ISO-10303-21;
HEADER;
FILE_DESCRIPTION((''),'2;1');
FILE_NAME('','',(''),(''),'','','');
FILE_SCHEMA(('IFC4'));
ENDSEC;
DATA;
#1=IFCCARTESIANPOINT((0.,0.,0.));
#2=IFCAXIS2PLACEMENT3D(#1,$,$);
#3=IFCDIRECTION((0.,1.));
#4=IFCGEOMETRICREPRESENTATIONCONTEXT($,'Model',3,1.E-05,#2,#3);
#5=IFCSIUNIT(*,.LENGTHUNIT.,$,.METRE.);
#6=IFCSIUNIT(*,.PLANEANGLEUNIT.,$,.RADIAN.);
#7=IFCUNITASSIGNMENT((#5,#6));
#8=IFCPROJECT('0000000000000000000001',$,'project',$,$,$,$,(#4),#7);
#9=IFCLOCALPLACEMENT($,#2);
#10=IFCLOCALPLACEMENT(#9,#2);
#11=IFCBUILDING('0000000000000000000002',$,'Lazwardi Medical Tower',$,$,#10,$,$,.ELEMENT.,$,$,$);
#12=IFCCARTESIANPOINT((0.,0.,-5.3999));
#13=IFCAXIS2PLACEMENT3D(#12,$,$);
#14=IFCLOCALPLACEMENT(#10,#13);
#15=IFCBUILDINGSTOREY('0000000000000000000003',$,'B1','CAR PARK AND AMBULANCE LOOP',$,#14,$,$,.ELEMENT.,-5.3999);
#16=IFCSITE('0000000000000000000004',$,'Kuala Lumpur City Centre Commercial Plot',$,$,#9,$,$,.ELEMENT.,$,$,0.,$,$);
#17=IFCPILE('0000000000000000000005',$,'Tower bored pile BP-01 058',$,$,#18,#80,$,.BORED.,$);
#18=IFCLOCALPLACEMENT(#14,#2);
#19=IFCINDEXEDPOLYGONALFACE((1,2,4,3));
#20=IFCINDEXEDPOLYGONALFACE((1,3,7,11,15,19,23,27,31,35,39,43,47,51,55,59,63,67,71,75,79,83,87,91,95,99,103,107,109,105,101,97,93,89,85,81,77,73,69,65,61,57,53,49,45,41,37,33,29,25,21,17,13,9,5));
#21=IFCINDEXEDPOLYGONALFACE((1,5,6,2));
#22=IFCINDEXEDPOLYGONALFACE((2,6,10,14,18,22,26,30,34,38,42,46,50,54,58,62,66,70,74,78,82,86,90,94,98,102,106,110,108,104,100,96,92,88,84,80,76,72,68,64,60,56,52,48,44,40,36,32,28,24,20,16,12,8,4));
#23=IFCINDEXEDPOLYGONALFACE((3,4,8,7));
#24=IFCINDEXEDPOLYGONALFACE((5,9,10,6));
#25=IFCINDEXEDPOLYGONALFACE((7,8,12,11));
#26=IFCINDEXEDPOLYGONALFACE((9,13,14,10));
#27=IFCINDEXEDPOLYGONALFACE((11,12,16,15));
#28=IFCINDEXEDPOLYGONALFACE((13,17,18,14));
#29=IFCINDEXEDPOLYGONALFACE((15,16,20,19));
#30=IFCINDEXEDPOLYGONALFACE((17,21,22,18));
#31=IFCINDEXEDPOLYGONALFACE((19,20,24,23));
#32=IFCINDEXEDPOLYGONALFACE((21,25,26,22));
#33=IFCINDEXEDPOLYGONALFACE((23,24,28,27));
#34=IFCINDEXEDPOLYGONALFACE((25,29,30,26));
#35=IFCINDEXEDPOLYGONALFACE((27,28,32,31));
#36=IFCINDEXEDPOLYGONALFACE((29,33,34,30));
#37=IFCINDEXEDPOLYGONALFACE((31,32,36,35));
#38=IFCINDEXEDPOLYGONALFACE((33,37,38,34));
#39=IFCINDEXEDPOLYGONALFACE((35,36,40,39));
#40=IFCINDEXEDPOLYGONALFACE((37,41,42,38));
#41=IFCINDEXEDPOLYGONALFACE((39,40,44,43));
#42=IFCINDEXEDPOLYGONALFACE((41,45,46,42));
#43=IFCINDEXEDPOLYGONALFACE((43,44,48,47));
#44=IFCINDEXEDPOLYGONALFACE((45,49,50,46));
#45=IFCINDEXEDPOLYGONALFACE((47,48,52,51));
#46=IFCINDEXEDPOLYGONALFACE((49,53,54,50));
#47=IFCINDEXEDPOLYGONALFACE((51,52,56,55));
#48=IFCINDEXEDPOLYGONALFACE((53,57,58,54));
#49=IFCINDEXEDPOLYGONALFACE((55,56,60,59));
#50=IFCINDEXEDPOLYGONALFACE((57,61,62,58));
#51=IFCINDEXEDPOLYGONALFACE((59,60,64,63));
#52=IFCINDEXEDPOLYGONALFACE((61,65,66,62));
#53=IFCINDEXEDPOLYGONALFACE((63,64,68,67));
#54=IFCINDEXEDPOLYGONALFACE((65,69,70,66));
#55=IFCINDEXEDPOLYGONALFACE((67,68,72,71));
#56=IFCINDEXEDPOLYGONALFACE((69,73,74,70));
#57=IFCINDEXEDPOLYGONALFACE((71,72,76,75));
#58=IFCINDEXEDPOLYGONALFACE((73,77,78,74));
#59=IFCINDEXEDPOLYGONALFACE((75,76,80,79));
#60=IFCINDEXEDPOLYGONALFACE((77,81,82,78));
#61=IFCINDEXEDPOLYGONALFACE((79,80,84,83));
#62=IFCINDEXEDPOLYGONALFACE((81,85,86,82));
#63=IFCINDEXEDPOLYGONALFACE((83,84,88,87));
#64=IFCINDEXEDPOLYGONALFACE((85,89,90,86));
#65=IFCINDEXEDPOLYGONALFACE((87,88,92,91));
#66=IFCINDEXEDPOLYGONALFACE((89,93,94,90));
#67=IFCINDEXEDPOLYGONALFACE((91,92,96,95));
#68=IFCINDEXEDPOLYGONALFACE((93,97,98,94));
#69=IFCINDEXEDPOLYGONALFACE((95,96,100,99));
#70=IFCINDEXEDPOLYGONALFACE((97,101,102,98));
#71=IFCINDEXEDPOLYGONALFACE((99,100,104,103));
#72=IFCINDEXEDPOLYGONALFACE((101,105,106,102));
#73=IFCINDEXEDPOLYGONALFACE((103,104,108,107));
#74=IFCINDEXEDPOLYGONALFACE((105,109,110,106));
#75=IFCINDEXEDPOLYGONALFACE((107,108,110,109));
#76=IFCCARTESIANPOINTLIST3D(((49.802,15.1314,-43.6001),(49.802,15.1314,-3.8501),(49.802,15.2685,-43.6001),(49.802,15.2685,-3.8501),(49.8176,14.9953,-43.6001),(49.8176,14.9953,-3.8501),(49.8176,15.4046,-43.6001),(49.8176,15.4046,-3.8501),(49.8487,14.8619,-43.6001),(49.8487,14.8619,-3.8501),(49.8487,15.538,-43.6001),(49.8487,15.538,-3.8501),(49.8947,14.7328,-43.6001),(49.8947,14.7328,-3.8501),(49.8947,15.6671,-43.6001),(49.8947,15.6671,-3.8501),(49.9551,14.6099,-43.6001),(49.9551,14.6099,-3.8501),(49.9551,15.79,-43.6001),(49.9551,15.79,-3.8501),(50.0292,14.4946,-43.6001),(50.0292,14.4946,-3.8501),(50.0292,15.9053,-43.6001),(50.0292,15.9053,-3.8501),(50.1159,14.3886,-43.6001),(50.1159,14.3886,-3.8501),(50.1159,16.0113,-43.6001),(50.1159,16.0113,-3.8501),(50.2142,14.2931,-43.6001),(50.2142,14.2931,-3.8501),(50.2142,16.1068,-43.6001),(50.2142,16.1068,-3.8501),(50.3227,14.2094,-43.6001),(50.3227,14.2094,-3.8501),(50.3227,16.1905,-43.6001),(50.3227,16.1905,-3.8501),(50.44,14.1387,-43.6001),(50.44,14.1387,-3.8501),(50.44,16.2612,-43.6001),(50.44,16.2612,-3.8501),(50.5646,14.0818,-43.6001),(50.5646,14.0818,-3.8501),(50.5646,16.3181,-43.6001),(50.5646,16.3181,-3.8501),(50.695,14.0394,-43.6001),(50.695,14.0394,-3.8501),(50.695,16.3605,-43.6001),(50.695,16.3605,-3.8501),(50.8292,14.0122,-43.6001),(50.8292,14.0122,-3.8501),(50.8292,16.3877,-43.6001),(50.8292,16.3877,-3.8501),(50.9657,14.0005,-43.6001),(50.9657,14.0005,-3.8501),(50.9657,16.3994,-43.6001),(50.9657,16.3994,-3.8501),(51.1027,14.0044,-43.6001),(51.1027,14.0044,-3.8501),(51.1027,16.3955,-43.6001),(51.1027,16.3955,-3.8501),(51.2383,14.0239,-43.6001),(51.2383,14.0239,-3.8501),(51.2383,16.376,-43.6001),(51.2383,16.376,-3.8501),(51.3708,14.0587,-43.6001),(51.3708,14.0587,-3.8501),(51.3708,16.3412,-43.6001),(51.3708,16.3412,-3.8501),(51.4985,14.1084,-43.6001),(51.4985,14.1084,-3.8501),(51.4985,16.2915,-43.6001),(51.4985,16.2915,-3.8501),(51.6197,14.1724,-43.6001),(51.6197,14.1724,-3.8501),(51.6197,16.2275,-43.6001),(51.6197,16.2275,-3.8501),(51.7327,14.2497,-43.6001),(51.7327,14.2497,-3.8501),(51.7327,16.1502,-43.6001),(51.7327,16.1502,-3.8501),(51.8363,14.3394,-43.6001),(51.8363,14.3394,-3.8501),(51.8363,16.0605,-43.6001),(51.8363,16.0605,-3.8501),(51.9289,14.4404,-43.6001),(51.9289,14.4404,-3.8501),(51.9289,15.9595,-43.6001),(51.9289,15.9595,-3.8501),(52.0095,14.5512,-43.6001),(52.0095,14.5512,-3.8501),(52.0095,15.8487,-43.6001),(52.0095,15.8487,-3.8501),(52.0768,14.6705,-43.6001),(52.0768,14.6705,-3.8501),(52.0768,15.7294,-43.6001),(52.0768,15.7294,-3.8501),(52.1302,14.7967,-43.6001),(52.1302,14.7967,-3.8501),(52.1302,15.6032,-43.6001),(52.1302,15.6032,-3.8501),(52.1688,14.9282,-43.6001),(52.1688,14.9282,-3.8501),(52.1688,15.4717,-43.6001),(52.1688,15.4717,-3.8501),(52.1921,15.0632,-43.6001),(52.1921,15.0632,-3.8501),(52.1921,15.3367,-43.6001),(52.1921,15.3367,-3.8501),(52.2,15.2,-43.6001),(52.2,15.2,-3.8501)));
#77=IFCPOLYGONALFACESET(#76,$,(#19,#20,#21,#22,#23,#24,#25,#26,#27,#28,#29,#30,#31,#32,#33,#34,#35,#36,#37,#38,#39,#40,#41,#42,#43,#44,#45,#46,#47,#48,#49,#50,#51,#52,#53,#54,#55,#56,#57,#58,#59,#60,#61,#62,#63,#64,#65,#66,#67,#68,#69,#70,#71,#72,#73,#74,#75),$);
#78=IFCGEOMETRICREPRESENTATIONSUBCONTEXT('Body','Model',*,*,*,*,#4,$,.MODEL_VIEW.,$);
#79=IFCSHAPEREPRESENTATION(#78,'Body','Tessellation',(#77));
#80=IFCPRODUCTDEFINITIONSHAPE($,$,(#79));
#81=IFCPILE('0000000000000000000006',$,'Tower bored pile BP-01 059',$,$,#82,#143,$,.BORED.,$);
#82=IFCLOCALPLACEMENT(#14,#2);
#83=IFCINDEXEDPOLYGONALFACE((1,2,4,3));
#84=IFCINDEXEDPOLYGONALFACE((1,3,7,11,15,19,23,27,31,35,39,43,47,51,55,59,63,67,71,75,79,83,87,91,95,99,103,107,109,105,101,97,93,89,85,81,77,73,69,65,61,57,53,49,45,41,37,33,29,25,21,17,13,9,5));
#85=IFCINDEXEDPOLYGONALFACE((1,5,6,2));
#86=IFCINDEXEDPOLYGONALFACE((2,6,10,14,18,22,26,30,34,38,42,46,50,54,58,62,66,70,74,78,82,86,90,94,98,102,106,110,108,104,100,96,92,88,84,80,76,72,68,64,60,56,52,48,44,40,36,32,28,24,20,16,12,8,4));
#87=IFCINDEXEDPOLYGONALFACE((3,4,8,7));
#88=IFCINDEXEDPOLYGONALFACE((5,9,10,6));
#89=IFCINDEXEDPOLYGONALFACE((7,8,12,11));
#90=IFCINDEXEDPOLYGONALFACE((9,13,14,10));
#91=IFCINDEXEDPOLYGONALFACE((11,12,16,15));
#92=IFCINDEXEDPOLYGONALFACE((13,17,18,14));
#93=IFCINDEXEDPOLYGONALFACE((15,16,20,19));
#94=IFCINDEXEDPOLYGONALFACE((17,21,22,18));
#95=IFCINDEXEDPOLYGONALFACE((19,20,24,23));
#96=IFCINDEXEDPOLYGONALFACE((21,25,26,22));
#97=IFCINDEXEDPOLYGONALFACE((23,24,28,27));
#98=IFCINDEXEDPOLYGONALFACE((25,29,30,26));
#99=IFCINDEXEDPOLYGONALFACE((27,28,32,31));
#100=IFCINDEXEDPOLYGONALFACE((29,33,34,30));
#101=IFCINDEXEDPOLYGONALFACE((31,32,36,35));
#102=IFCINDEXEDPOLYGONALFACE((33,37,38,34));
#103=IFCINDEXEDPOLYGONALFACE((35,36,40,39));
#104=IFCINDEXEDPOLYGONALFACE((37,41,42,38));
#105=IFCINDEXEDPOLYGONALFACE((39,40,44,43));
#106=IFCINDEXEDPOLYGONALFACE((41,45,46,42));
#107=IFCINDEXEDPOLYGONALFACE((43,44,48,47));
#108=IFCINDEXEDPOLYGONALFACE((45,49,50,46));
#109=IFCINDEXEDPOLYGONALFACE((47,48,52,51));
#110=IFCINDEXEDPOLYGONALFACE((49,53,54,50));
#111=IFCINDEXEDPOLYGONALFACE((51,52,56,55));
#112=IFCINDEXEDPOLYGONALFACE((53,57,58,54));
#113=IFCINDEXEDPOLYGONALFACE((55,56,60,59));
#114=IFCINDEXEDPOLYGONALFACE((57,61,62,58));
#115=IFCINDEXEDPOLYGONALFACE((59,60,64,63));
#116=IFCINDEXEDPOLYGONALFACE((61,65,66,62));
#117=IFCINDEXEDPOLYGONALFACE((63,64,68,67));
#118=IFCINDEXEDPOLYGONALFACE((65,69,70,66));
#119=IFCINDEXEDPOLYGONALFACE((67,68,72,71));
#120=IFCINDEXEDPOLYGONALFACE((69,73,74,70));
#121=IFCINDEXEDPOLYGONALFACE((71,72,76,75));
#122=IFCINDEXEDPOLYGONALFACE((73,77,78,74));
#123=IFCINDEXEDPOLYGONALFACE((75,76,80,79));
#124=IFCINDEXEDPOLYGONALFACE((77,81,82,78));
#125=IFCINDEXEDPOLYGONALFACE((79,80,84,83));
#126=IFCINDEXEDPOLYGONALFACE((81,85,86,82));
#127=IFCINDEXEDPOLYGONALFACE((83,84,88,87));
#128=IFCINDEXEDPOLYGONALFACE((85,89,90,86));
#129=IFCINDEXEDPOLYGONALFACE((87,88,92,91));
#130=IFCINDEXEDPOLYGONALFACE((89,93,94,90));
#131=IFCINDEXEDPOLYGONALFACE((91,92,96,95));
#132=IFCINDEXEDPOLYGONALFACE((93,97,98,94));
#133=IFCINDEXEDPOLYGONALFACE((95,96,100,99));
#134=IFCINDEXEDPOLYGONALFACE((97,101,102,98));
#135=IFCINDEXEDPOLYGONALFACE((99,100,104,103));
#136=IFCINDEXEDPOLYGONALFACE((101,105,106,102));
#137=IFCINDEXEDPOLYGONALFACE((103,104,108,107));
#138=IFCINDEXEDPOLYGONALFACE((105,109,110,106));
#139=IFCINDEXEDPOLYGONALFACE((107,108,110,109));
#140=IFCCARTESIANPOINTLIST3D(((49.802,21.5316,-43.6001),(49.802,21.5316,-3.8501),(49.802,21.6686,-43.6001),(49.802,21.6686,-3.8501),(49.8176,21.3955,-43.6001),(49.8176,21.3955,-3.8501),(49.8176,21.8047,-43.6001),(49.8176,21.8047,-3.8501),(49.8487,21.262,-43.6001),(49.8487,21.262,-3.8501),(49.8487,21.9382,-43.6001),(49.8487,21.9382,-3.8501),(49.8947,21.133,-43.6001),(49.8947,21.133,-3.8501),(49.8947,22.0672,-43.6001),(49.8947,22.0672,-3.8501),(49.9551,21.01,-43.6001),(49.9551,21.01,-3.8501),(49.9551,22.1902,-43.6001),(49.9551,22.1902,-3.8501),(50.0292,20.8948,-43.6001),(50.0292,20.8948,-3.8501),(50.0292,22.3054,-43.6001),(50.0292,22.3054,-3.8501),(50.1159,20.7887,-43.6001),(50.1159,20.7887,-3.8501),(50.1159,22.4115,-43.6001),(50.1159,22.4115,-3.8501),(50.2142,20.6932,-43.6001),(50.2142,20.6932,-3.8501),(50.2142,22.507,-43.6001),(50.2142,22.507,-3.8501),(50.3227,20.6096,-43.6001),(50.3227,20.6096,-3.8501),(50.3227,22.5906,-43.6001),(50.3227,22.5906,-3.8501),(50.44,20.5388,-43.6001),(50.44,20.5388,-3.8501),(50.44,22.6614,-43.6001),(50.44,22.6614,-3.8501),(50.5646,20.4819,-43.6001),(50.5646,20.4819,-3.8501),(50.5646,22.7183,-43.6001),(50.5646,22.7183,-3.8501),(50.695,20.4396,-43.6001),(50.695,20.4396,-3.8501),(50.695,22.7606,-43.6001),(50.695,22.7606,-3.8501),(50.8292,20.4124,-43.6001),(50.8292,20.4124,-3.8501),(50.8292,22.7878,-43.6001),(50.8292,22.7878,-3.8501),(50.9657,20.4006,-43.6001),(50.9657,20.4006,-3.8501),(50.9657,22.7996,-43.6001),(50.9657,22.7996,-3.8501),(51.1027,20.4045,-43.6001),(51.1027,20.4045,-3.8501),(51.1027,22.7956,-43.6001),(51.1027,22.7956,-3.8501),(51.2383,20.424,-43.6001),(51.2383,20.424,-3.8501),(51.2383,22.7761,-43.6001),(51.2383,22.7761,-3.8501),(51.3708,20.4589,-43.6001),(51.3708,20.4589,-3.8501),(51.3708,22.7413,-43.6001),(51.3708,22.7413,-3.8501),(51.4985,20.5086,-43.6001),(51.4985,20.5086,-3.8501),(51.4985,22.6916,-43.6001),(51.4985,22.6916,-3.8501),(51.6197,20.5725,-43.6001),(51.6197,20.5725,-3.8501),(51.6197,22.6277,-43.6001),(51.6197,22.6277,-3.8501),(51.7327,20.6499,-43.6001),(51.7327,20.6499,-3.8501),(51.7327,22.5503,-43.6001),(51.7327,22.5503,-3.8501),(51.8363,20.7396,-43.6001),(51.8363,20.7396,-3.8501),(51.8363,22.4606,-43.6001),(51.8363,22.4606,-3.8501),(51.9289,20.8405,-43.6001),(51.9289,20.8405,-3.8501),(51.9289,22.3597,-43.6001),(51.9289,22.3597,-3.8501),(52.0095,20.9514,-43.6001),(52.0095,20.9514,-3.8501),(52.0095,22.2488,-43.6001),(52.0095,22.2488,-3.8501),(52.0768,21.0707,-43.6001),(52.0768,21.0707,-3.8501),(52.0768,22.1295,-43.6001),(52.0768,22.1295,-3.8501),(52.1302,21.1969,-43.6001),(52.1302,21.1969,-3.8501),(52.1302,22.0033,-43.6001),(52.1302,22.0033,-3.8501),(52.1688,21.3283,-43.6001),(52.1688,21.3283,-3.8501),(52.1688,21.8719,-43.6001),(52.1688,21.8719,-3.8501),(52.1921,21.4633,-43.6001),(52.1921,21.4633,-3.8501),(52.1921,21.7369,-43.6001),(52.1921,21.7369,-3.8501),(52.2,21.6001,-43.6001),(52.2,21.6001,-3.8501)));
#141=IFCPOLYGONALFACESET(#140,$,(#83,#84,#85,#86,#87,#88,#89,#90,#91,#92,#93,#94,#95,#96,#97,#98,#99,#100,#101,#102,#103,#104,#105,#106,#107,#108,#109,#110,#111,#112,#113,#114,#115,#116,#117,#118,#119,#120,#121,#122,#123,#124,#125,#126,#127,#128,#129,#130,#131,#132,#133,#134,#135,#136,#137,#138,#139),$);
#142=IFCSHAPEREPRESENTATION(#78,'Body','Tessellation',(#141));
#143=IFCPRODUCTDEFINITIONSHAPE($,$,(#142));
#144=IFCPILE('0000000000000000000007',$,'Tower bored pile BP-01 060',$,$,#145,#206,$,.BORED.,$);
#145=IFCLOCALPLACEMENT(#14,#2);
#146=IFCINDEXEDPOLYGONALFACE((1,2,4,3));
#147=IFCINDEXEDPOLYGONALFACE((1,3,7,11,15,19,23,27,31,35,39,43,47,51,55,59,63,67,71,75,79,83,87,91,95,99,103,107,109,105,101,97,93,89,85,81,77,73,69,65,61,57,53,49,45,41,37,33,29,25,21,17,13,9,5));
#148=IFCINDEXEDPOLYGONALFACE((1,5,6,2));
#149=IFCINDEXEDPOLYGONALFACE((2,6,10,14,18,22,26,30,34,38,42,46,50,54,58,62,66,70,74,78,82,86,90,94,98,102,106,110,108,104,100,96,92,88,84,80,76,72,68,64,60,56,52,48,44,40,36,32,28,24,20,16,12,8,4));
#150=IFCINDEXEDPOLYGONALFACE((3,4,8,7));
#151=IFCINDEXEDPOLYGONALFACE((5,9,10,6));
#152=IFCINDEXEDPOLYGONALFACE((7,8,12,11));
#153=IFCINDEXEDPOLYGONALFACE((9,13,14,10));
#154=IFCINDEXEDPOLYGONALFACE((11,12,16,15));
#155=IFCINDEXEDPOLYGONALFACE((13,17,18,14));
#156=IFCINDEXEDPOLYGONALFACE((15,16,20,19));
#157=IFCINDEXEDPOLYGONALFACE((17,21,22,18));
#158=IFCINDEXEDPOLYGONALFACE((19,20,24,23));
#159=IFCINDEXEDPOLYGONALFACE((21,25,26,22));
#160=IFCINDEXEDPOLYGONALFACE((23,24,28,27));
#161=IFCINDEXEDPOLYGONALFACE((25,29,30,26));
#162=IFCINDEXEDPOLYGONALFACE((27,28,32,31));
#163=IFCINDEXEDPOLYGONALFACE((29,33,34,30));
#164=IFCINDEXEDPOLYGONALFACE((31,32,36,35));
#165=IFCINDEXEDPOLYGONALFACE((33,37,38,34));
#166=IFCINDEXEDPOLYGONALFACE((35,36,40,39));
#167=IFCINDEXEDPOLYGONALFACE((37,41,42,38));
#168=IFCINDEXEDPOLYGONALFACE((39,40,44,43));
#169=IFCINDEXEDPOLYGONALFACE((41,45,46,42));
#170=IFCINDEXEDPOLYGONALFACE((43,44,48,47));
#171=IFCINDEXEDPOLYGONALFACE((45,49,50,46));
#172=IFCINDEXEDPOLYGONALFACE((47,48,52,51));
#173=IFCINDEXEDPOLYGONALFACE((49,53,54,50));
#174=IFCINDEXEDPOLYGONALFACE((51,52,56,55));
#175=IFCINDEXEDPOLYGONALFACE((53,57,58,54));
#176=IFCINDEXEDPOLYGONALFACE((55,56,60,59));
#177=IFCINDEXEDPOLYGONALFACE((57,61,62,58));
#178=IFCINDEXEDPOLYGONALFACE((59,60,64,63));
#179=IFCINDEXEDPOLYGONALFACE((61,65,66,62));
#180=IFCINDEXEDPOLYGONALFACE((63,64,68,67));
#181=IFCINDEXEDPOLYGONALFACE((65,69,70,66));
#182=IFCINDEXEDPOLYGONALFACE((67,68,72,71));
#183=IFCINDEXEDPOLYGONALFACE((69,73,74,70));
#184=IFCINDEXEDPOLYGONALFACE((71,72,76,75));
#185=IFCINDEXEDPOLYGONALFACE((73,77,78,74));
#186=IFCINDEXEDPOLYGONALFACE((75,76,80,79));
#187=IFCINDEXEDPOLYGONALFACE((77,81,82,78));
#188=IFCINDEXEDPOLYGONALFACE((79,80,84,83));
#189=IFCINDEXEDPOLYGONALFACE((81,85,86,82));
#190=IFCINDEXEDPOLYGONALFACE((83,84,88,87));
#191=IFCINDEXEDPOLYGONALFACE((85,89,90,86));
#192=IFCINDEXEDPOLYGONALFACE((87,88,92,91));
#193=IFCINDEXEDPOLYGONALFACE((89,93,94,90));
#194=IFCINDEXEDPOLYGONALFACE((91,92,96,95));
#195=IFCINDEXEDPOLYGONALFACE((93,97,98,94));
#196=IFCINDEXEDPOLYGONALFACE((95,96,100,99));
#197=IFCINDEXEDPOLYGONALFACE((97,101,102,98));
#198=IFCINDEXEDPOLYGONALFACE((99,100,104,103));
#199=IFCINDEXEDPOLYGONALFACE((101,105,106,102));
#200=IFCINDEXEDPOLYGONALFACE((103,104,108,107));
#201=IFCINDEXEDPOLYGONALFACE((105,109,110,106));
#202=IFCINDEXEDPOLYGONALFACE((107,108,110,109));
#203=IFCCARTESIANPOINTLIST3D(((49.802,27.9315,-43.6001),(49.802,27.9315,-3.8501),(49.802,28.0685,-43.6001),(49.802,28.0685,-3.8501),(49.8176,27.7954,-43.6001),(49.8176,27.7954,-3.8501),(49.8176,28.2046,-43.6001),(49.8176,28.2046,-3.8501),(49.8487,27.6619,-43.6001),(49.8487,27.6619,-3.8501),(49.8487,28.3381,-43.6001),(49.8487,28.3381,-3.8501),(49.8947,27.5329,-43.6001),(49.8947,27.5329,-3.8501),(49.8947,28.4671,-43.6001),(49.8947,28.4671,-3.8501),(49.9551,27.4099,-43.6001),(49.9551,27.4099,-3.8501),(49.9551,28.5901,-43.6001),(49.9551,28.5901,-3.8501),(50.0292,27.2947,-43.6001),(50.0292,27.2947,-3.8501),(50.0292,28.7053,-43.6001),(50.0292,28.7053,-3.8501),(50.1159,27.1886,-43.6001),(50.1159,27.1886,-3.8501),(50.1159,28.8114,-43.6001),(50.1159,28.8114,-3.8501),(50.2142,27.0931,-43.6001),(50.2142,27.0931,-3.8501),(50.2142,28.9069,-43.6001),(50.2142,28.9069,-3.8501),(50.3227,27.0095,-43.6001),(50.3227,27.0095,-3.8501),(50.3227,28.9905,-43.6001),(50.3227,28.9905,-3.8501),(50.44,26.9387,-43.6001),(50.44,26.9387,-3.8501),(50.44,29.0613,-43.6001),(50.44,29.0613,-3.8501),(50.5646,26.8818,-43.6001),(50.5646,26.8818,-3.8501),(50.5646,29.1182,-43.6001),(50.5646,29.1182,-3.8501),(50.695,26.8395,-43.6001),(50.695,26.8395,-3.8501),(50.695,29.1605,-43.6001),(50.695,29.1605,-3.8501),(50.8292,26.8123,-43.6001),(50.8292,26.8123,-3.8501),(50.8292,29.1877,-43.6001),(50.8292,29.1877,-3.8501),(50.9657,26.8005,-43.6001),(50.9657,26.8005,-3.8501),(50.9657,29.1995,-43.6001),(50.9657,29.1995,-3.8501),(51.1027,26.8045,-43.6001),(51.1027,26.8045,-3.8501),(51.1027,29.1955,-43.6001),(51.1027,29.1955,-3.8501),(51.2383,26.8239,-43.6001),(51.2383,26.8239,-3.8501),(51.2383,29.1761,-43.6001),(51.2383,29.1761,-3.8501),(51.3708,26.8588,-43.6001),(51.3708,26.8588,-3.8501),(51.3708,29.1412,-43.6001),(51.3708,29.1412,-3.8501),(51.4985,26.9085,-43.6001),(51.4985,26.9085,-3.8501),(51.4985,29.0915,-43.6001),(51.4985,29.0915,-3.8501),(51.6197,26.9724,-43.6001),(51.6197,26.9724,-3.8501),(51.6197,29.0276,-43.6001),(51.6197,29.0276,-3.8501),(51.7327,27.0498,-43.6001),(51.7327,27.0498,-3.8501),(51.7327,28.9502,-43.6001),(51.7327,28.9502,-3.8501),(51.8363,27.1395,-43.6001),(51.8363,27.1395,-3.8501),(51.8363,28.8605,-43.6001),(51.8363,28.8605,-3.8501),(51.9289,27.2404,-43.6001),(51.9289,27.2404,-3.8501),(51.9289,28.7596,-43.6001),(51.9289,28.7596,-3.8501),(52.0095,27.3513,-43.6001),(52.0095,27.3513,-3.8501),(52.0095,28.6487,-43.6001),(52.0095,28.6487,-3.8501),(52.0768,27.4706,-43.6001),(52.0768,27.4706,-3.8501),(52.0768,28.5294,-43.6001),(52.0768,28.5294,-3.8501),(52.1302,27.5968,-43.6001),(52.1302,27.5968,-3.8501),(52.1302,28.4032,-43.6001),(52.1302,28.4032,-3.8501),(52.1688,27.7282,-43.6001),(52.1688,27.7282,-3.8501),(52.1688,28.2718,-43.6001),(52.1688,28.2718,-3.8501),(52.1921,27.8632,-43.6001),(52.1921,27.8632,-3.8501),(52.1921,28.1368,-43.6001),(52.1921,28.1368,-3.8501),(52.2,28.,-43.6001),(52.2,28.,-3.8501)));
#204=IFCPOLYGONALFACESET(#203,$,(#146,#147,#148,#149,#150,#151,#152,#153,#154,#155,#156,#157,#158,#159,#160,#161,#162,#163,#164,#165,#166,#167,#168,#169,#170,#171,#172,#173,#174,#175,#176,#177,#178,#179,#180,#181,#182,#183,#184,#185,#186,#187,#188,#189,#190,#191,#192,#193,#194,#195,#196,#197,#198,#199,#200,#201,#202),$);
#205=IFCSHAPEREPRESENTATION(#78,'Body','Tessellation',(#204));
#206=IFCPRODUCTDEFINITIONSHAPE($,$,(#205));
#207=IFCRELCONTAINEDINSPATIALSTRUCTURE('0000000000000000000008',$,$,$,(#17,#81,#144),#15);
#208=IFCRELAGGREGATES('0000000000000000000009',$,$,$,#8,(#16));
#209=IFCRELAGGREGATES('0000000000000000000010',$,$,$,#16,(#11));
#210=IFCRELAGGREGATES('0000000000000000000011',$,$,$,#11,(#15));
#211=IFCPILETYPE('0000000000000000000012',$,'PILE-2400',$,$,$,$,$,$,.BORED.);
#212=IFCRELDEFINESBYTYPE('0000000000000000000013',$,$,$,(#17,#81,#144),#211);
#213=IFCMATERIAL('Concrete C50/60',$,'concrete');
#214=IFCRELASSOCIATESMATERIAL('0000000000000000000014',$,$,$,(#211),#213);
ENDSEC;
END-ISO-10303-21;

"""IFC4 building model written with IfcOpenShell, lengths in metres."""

from ifc_helpers import new_model, si_unit, direction, frame, origin, origin_2d, place, context, subcontext, project, spatial, circle, extrude, material, material_profile, profile_set, type_object, element, save


model = new_model("IFC4")

# Units and contexts
model_context = context("Model", 3, precision=1e-05, world=origin(), true_north=direction((0.0, 1.0)))
body_context = subcontext(model_context, "Body", "Model", "MODEL_VIEW")
ifc_project = project(units=[si_unit("LENGTHUNIT", "METRE"), si_unit("PLANEANGLEUNIT", "RADIAN")], contexts=[model_context])

# Site, building, storey
site_placement = place(None, origin())
site = spatial("IfcSite", under=ifc_project, at=site_placement, Name="Kuala Lumpur City Centre Commercial Plot", CompositionType="ELEMENT", RefElevation=0.0)
building_placement = place(site_placement, origin())
building = spatial("IfcBuilding", under=site, at=building_placement, Name="Lazwardi Medical Tower", CompositionType="ELEMENT")
storey_placement = place(building_placement, frame((0.0, 0.0, -5.3999)))
storey = spatial("IfcBuildingStorey", under=building, at=storey_placement, Name="B1", Description="CAR PARK AND AMBULANCE LOOP", CompositionType="ELEMENT", Elevation=-5.3999)

# Piles
ifc_material_1 = material(Name="Concrete C50/60", Category="concrete")
ifc_material_profile_1 = material_profile(ifc_material_1, circle(Radius=1.2, at=origin_2d()), Name="BORED PILE D2400")
ifc_profile_set_1 = profile_set([ifc_material_profile_1], Name="Concrete C50/60")
pile_type = type_object("IfcPileType", Name="PILE-2400", PredefinedType="BORED", material=ifc_profile_set_1)
for number, where, z_axis, x_axis, name in (
    (1, (51.0, 15.2, -3.8501), (0.0, 0.0, -1.0), (1.0, 0.0, 0.0), "Tower bored pile BP-01 058"),
    (2, (51.0, 21.6001, -3.8501), (0.0, 0.0, -1.0), (1.0, 0.0, 0.0), "Tower bored pile BP-01 059"),
    (3, (51.0, 28.0, -3.8501), (0.0, 0.0, -1.0), (1.0, 0.0, 0.0), "Tower bored pile BP-01 060"),
):
    element("IfcPile", number, at=place(storey_placement, frame(where, z_axis=z_axis, x_axis=x_axis)), inside=storey, type_object=pile_type, Name=name, PredefinedType="BORED", context=body_context, shape_type="SweptSolid", body=[
        extrude(circle(Radius=1.2, at=origin_2d()), origin(), (0.0, 0.0, 1.0), 39.75),
    ])

save(model, "model.ifc")
